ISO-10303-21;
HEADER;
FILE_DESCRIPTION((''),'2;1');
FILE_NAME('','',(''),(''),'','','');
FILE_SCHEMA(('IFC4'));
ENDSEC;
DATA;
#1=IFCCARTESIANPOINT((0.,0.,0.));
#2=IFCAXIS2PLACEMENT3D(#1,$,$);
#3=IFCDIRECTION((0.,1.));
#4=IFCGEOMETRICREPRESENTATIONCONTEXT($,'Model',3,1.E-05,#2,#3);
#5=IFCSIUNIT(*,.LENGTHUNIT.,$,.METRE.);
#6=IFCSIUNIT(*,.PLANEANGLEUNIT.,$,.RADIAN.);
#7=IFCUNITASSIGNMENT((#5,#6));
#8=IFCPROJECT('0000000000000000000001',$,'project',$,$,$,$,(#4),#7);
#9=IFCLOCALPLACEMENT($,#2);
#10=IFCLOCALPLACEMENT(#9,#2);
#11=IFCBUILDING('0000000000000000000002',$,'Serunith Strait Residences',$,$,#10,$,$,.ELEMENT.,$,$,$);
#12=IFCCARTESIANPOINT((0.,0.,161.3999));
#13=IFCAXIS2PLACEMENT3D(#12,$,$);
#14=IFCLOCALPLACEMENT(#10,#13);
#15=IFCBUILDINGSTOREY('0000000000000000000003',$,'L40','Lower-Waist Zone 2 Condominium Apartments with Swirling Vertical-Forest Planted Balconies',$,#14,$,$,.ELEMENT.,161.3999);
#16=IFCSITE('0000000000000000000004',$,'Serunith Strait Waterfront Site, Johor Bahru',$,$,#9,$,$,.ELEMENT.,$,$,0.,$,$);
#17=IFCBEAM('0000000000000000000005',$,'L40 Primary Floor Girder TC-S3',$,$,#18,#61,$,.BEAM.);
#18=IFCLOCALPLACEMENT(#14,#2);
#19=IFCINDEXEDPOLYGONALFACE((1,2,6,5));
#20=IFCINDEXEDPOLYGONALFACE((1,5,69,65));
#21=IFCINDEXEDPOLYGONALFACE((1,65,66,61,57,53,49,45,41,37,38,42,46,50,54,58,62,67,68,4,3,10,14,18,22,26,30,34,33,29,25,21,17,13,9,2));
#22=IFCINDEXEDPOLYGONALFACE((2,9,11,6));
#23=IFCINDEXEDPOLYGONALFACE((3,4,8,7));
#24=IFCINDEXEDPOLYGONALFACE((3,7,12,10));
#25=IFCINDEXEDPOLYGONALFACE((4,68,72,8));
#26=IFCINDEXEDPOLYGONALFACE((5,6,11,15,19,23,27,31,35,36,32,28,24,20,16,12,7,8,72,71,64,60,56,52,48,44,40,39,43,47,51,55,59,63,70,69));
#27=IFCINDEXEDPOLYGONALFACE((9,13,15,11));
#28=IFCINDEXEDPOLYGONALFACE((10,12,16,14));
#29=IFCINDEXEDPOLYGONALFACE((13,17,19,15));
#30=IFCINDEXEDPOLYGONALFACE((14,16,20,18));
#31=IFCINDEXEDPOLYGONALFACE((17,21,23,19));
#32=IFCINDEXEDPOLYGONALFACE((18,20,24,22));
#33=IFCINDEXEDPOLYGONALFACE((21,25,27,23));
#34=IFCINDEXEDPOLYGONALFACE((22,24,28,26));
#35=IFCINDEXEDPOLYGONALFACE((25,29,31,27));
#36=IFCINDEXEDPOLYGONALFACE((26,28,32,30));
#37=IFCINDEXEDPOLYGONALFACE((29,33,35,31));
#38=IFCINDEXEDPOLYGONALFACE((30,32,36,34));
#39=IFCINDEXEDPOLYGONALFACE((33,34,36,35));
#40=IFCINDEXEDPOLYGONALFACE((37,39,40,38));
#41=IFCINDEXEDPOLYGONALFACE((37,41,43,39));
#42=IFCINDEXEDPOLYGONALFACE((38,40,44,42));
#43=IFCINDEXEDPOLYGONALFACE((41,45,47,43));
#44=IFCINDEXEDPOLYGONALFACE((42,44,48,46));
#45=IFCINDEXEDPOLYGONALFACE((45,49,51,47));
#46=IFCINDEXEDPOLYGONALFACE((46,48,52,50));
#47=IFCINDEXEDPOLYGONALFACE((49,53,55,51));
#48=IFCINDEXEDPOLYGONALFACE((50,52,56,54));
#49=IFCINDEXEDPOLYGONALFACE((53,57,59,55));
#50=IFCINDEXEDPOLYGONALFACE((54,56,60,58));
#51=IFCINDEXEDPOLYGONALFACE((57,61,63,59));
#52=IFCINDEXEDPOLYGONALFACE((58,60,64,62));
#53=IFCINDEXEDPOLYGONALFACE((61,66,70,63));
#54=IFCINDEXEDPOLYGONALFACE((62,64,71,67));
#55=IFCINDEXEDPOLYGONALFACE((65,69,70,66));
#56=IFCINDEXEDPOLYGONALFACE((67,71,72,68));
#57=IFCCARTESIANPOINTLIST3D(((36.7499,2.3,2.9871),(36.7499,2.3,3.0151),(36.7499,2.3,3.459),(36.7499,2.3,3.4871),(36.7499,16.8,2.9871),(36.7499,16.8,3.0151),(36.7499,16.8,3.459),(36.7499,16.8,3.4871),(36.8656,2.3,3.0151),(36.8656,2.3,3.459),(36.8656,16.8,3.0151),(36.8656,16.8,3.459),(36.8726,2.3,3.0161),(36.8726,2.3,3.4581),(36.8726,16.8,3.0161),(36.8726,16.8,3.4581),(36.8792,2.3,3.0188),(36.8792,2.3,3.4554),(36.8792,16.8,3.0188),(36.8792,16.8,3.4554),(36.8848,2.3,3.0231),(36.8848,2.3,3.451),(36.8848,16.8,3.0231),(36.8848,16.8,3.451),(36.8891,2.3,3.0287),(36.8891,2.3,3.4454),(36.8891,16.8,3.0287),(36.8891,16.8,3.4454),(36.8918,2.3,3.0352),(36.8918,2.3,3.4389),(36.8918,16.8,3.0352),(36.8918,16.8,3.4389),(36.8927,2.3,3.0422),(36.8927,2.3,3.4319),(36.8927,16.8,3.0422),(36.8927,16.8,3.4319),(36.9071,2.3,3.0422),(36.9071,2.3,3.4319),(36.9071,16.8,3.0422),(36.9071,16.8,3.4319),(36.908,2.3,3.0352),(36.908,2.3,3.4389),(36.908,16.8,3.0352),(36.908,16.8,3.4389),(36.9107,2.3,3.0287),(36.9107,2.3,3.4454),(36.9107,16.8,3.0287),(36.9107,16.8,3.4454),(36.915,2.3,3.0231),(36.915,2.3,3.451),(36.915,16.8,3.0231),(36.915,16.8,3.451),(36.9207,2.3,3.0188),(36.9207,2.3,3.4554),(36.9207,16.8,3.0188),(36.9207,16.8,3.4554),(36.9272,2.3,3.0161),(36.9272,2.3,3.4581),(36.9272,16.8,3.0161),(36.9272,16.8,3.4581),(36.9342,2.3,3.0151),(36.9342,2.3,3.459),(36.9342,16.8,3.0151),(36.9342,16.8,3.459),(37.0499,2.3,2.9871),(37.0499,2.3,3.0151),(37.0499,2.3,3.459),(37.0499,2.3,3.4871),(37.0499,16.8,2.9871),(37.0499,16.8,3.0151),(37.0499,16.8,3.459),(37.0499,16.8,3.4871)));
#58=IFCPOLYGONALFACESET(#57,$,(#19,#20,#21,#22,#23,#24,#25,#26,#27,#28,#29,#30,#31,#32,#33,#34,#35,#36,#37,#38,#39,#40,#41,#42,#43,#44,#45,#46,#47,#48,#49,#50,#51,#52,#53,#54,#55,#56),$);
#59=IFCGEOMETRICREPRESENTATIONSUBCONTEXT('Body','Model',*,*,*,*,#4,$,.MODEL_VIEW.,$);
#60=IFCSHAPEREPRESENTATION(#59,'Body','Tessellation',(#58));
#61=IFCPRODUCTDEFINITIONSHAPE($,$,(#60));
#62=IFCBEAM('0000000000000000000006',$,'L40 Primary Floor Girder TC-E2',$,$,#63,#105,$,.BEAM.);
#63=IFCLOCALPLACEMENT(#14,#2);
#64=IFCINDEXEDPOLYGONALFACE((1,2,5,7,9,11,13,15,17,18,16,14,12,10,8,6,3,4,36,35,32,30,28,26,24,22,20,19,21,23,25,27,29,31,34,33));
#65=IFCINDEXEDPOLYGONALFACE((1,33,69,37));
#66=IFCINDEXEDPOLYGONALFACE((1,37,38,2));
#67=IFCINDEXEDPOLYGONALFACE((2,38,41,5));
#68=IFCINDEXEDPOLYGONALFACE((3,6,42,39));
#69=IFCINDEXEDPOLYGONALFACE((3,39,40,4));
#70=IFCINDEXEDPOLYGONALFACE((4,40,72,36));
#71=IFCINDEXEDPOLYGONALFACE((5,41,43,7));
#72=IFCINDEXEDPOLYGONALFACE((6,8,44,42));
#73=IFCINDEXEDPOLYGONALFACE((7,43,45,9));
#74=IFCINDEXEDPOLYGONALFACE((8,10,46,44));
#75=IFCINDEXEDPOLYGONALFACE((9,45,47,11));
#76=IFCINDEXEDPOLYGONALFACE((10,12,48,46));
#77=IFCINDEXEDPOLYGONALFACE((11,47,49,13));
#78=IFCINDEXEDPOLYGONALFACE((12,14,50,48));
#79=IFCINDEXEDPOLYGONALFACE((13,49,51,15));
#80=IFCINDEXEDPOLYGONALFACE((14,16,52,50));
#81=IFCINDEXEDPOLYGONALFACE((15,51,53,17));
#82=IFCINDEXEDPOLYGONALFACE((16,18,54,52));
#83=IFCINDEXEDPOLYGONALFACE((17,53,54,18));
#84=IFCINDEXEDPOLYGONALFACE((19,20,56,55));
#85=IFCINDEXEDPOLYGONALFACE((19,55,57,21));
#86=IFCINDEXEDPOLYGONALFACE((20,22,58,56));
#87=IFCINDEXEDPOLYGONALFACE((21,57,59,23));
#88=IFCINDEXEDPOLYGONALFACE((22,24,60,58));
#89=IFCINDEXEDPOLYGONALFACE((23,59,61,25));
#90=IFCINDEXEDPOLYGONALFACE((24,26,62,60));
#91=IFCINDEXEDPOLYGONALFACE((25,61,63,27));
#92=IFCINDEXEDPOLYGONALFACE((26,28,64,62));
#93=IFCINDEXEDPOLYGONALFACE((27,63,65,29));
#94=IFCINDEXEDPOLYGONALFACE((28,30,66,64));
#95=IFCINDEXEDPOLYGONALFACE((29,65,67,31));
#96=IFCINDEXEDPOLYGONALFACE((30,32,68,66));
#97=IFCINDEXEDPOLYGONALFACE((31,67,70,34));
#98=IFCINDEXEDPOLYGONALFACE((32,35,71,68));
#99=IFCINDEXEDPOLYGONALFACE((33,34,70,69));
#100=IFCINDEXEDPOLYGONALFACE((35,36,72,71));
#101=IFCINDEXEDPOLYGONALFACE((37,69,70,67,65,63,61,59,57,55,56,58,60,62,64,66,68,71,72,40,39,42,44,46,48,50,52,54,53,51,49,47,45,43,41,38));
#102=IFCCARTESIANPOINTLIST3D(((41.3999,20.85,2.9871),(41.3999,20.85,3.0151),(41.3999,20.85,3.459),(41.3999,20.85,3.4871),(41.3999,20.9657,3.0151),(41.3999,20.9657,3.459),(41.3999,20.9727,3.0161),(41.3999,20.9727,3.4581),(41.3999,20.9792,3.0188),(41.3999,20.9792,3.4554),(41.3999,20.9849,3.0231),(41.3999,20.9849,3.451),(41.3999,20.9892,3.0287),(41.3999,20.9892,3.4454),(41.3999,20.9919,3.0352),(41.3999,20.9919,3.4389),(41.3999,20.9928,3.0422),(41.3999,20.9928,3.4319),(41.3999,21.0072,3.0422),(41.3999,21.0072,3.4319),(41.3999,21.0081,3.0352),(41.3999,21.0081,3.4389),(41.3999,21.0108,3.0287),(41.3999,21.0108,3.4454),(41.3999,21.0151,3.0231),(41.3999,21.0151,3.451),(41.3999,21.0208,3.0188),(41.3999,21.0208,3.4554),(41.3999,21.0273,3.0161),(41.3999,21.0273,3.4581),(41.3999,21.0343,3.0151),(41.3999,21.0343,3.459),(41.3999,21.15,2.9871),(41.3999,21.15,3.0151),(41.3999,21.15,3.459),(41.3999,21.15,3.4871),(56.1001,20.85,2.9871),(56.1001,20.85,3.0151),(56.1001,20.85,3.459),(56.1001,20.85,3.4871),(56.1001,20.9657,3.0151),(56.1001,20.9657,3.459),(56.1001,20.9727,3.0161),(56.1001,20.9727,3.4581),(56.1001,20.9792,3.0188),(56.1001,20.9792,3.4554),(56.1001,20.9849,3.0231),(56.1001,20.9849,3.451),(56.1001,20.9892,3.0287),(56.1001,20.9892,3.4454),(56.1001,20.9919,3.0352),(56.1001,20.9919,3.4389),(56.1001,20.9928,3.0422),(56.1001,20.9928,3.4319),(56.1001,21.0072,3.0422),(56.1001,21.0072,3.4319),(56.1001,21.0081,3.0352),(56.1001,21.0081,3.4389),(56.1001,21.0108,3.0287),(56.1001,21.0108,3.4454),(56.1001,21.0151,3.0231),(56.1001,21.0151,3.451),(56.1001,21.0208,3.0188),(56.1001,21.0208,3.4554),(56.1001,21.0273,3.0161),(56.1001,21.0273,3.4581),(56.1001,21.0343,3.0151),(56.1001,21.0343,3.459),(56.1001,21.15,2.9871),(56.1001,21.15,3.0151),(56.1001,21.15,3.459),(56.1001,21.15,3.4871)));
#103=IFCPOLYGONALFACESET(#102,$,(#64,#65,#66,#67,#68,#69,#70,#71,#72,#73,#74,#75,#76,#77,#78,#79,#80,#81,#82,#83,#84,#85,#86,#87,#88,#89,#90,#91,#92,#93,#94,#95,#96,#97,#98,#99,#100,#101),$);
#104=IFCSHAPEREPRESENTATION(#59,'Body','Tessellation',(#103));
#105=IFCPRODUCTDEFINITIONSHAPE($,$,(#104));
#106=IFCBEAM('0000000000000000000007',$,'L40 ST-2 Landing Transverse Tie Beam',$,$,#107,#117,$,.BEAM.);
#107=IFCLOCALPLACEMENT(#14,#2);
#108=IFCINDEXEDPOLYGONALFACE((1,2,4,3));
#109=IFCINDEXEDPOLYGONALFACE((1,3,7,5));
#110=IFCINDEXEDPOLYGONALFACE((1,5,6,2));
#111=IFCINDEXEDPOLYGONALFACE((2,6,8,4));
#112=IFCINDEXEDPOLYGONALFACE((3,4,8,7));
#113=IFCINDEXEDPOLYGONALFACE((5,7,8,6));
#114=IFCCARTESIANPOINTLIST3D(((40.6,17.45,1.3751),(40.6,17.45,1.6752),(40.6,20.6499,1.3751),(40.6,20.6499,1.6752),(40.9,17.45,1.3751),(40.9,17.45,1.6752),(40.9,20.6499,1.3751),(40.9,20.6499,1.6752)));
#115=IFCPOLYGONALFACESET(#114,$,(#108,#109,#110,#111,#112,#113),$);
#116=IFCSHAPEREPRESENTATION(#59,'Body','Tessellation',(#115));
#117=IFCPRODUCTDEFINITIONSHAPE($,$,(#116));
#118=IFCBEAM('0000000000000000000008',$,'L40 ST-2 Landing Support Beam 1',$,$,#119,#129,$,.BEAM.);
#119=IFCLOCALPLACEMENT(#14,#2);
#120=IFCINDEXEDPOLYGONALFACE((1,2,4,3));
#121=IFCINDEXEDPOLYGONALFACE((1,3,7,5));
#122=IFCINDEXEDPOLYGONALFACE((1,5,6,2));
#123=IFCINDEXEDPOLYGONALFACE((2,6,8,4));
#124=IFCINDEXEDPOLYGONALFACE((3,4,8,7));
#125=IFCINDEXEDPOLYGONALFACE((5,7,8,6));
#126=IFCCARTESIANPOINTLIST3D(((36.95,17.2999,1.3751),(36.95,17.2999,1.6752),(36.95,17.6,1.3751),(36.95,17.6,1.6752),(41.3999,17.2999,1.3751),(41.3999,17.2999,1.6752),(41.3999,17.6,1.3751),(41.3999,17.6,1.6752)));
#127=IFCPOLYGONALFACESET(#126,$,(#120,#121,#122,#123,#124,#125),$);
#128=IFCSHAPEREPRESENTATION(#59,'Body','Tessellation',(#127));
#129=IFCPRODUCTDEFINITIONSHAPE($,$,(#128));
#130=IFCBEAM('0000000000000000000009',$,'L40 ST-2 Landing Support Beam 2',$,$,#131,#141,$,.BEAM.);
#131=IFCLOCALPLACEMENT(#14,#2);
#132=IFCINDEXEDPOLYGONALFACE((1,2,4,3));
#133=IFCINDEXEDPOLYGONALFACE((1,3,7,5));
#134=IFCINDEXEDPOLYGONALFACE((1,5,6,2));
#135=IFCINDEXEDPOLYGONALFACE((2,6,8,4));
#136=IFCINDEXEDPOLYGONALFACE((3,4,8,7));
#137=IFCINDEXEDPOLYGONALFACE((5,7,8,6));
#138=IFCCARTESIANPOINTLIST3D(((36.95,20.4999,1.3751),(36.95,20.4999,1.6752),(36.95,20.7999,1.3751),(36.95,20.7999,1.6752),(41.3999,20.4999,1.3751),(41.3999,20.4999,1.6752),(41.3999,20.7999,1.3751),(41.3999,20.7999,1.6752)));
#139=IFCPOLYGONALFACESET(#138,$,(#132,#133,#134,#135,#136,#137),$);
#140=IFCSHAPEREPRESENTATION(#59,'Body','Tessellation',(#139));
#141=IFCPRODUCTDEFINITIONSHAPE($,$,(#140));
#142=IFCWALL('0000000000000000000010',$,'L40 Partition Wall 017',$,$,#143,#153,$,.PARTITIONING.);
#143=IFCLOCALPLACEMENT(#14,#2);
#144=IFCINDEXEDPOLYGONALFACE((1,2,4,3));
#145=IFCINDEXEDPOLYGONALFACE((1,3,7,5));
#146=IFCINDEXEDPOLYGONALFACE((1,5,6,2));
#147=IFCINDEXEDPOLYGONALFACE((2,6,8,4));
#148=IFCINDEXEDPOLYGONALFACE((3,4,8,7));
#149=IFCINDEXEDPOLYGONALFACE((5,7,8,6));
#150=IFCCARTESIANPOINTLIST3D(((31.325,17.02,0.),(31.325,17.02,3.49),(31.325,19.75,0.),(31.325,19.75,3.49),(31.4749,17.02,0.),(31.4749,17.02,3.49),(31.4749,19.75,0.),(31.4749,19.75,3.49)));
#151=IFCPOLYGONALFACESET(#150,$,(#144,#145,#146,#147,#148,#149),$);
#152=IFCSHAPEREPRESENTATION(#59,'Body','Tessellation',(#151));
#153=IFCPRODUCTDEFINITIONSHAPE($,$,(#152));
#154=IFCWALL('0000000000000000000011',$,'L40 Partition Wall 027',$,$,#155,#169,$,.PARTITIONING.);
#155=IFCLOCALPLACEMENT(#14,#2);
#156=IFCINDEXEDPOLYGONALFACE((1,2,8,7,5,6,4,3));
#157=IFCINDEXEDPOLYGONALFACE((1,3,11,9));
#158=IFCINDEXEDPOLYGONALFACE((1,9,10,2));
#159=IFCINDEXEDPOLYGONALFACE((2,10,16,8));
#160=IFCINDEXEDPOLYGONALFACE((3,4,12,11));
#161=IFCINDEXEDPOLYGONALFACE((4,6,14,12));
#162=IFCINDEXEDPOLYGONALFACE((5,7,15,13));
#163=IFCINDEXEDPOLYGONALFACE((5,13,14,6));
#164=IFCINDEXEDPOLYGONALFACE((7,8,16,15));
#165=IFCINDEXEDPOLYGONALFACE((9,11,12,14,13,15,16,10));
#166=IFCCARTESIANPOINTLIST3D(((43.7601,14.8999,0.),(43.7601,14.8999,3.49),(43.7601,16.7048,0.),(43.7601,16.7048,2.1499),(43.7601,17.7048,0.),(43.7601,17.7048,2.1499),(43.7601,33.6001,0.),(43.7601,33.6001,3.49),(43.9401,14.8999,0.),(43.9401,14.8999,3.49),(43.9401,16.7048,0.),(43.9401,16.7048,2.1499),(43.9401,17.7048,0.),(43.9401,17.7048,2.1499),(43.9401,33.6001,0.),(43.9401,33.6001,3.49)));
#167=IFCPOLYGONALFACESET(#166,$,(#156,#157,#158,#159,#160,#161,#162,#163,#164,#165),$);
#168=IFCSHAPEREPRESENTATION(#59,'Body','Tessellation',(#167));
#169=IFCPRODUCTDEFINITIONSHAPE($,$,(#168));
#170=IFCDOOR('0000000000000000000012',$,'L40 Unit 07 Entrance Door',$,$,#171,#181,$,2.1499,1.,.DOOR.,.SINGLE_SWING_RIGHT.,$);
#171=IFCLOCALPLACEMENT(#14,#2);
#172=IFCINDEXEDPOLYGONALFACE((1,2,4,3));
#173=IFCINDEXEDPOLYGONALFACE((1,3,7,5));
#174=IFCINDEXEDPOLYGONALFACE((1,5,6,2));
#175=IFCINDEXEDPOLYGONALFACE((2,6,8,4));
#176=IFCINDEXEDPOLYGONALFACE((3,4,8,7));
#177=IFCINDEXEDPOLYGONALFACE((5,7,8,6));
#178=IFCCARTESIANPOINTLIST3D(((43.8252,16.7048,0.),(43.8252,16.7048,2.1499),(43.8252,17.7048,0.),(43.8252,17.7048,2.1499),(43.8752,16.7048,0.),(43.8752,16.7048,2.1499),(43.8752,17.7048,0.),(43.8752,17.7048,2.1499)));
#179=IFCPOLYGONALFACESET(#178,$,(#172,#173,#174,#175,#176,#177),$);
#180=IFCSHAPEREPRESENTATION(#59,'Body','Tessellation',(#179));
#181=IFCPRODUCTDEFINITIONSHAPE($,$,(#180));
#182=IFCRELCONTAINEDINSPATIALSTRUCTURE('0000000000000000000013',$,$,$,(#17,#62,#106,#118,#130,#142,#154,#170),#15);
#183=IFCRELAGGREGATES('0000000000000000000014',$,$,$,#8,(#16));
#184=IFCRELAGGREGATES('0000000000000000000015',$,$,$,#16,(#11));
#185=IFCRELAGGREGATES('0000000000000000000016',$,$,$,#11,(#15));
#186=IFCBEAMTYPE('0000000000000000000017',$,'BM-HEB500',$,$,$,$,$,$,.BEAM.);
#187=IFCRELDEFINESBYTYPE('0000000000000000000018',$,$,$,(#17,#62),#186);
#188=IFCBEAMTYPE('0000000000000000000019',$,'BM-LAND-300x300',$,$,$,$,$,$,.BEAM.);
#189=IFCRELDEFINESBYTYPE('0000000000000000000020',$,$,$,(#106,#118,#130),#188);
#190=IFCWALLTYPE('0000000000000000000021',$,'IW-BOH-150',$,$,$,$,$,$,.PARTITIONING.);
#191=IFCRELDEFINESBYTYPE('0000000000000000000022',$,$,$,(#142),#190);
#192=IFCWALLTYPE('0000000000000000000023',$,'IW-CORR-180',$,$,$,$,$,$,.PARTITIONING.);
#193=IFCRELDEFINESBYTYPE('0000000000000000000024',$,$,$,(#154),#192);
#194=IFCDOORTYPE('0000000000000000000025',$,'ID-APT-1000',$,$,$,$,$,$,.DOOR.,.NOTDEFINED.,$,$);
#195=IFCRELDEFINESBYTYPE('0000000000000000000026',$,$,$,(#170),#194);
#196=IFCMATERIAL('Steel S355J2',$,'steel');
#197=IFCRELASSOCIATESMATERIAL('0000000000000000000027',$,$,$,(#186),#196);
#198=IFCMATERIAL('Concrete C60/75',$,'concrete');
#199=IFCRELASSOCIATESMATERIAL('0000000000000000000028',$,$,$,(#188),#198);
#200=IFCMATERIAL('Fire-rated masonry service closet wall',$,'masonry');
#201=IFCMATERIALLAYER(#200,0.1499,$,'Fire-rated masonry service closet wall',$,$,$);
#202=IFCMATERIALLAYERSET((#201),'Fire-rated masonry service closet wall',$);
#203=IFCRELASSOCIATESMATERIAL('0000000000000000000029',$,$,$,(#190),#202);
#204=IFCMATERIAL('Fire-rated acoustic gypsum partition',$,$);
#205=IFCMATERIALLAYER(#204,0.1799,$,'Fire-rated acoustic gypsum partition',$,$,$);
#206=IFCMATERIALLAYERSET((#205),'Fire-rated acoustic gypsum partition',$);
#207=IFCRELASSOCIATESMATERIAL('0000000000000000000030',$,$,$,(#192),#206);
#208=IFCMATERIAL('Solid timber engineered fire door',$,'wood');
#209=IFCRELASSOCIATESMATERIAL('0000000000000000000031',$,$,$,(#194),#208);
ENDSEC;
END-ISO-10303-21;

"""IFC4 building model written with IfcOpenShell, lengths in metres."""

from ifc_helpers import new_model, si_unit, direction, frame, frame_2d, origin, origin_2d, place, context, subcontext, project, spatial, rectangle, i_section, extrude, source, transform, mapped, material, layer, layer_set, material_profile, profile_set, type_object, element, fill, save


model = new_model("IFC4")

# Units and contexts
model_context = context("Model", 3, precision=1e-05, world=origin(), true_north=direction((0.0, 1.0)))
body_context = subcontext(model_context, "Body", "Model", "MODEL_VIEW")
ifc_project = project(units=[si_unit("LENGTHUNIT", "METRE"), si_unit("PLANEANGLEUNIT", "RADIAN")], contexts=[model_context])

# Site, building, storey
site_placement = place(None, origin())
site = spatial("IfcSite", under=ifc_project, at=site_placement, Name="Serunith Strait Waterfront Site, Johor Bahru", CompositionType="ELEMENT", RefElevation=0.0)
building_placement = place(site_placement, origin())
building = spatial("IfcBuilding", under=site, at=building_placement, Name="Serunith Strait Residences", CompositionType="ELEMENT")
storey_placement = place(building_placement, frame((0.0, 0.0, 161.3999)))
storey = spatial("IfcBuildingStorey", under=building, at=storey_placement, Name="L40", Description="Lower-Waist Zone 2 Condominium Apartments with Swirling Vertical-Forest Planted Balconies", CompositionType="ELEMENT", Elevation=161.3999)

# Beams
ifc_material_1 = material(Name="Steel S355J2", Category="steel")
ifc_material_profile_1 = material_profile(ifc_material_1, i_section(OverallWidth=0.3, OverallDepth=0.5, WebThickness=0.0144, FlangeThickness=0.0281, FilletRadius=0.0271, at=origin_2d()), Name="HEB 500")
ifc_profile_set_1 = profile_set([ifc_material_profile_1], Name="Steel S355J2")
beam_type_1 = type_object("IfcBeamType", Name="BM-HEB500", PredefinedType="BEAM", material=ifc_profile_set_1)
shared_shape_1 = source(origin(), body_context, "Body", "SweptSolid", [
    extrude(i_section(OverallWidth=0.3, OverallDepth=0.5, WebThickness=0.0144, FlangeThickness=0.0281, FilletRadius=0.0271, at=origin_2d()), origin(), (0.0, 0.0, 1.0), 14.5),
])
beam_1_placement = place(storey_placement, frame((36.8999, 16.8, 3.2371), z_axis=(0.0, -1.0, 0.0), x_axis=(1.0, 0.0, 0.0)))
element("IfcBeam", 1, at=beam_1_placement, inside=storey, type_object=beam_type_1, Name="L40 Primary Floor Girder TC-S3", PredefinedType="BEAM", context=body_context, shape_type="MappedRepresentation", body=[
    mapped(shared_shape_1, transform((0.0, 0.0, 0.0), scale=1.0)),
])
shared_shape_2 = source(origin(), body_context, "Body", "SweptSolid", [
    extrude(i_section(OverallWidth=0.3, OverallDepth=0.5, WebThickness=0.0144, FlangeThickness=0.0281, FilletRadius=0.0271, at=origin_2d()), origin(), (0.0, 0.0, 1.0), 14.7002),
])
beam_2_placement = place(storey_placement, frame((41.3999, 21.0, 3.2371), z_axis=(1.0, 0.0, 0.0), x_axis=(0.0, 1.0, 0.0)))
element("IfcBeam", 2, at=beam_2_placement, inside=storey, type_object=beam_type_1, Name="L40 Primary Floor Girder TC-E2", PredefinedType="BEAM", context=body_context, shape_type="MappedRepresentation", body=[
    mapped(shared_shape_2, transform((0.0, 0.0, 0.0), scale=1.0)),
])
ifc_material_2 = material(Name="Concrete C60/75", Category="concrete")
ifc_material_profile_2 = material_profile(ifc_material_2, rectangle(XDim=0.3, YDim=0.3, at=origin_2d()), Name="RC 300x300")
ifc_profile_set_2 = profile_set([ifc_material_profile_2], Name="Concrete C60/75")
beam_type_2 = type_object("IfcBeamType", Name="BM-LAND-300x300", PredefinedType="BEAM", material=ifc_profile_set_2)
shared_shape_3 = source(origin(), body_context, "Body", "SweptSolid", [
    extrude(rectangle(XDim=0.3, YDim=0.3, at=origin_2d()), origin(), (0.0, 0.0, 1.0), 3.2),
])
beam_3_placement = place(storey_placement, frame((40.75, 17.45, 1.5251), z_axis=(0.0, 1.0, 0.0), x_axis=(-1.0, 0.0, 0.0)))
element("IfcBeam", 3, at=beam_3_placement, inside=storey, type_object=beam_type_2, Name="L40 ST-2 Landing Transverse Tie Beam", PredefinedType="BEAM", context=body_context, shape_type="MappedRepresentation", body=[
    mapped(shared_shape_3, transform((0.0, 0.0, 0.0), scale=1.0)),
])
shared_shape_4 = source(origin(), body_context, "Body", "SweptSolid", [
    extrude(rectangle(XDim=0.3, YDim=0.3, at=origin_2d()), origin(), (0.0, 0.0, 1.0), 4.45),
])
for number, where, z_axis, x_axis, name in (
    (4, (36.95, 17.45, 1.5251), (1.0, 0.0, 0.0), (0.0, 1.0, 0.0), "L40 ST-2 Landing Support Beam 1"),
    (5, (36.95, 20.6499, 1.5251), (1.0, 0.0, 0.0), (0.0, 1.0, 0.0), "L40 ST-2 Landing Support Beam 2"),
):
    element("IfcBeam", number, at=place(storey_placement, frame(where, z_axis=z_axis, x_axis=x_axis)), inside=storey, type_object=beam_type_2, Name=name, PredefinedType="BEAM", context=body_context, shape_type="MappedRepresentation", body=[
        mapped(shared_shape_4, transform((0.0, 0.0, 0.0), scale=1.0)),
    ])

# Wall
ifc_material_3 = material(Name="Fire-rated masonry service closet wall", Category="masonry")
ifc_layer_1 = layer(ifc_material_3, 0.1499, Name="Fire-rated masonry service closet wall")
ifc_layer_set_1 = layer_set([ifc_layer_1], Name="Fire-rated masonry service closet wall")
wall_type_1 = type_object("IfcWallType", Name="IW-BOH-150", PredefinedType="PARTITIONING", material=ifc_layer_set_1)
wall_1_placement = place(storey_placement, frame((31.3999, 17.02, 0.0), z_axis=(0.0, 0.0, 1.0), x_axis=(0.0, 1.0, 0.0)))
element("IfcWall", 6, at=wall_1_placement, inside=storey, type_object=wall_type_1, Name="L40 Partition Wall 017", PredefinedType="PARTITIONING", context=body_context, shape_type="SweptSolid", body=[
    extrude(rectangle(XDim=2.73, YDim=0.1499, at=frame_2d((1.365, 0.0))), origin(), (0.0, 0.0, 1.0), 3.49),
])

# Wall, opening, door
ifc_material_4 = material(Name="Fire-rated acoustic gypsum partition")
ifc_layer_2 = layer(ifc_material_4, 0.1799, Name="Fire-rated acoustic gypsum partition")
ifc_layer_set_2 = layer_set([ifc_layer_2], Name="Fire-rated acoustic gypsum partition")
wall_type_2 = type_object("IfcWallType", Name="IW-CORR-180", PredefinedType="PARTITIONING", material=ifc_layer_set_2)
wall_2_placement = place(storey_placement, frame((43.8501, 14.8999, 0.0), z_axis=(0.0, 0.0, 1.0), x_axis=(0.0, 1.0, 0.0)))
wall_2 = element("IfcWall", 7, at=wall_2_placement, inside=storey, type_object=wall_type_2, Name="L40 Partition Wall 027", PredefinedType="PARTITIONING", context=body_context, shape_type="SweptSolid", body=[
    extrude(rectangle(XDim=18.7002, YDim=0.1799, at=frame_2d((9.3501, 0.0))), origin(), (0.0, 0.0, 1.0), 3.49),
])
opening_1_placement = place(wall_2_placement, frame((1.8049, 0.0, 0.0)))
opening_1 = element("IfcOpeningElement", 8, at=opening_1_placement, cuts=wall_2, PredefinedType="OPENING", context=body_context, shape_type="SweptSolid", body=[
    extrude(rectangle(XDim=1.0, YDim=2.1499, at=frame_2d((0.5, 1.075))), frame((0.0, 0.1001, 0.0), z_axis=(0.0, -1.0, 0.0), x_axis=(1.0, 0.0, 0.0)), (0.0, 0.0, 1.0), 0.2),
])
ifc_material_5 = material(Name="Solid timber engineered fire door", Category="wood")
door_type_1 = type_object("IfcDoorType", Name="ID-APT-1000", OperationType="NOTDEFINED", PredefinedType="DOOR", material=ifc_material_5)
shared_shape_5 = source(origin(), body_context, "Body", "SweptSolid", [
    extrude(rectangle(XDim=1.0, YDim=2.1499, at=frame_2d((0.5, 1.075))), frame((0.0, 0.0249, 0.0), z_axis=(0.0, -1.0, 0.0), x_axis=(1.0, 0.0, 0.0)), (0.0, 0.0, 1.0), 0.05),
])
door_1_placement = place(opening_1_placement, origin())
door_1 = element("IfcDoor", 9, at=door_1_placement, inside=storey, type_object=door_type_1, Name="L40 Unit 07 Entrance Door", OperationType="SINGLE_SWING_RIGHT", OverallHeight=2.1499, OverallWidth=1.0, PredefinedType="DOOR", context=body_context, shape_type="MappedRepresentation", body=[
    mapped(shared_shape_5, transform((0.0, 0.0, 0.0), scale=1.0)),
])
fill(opening_1, door_1)

save(model, "model.ifc")
